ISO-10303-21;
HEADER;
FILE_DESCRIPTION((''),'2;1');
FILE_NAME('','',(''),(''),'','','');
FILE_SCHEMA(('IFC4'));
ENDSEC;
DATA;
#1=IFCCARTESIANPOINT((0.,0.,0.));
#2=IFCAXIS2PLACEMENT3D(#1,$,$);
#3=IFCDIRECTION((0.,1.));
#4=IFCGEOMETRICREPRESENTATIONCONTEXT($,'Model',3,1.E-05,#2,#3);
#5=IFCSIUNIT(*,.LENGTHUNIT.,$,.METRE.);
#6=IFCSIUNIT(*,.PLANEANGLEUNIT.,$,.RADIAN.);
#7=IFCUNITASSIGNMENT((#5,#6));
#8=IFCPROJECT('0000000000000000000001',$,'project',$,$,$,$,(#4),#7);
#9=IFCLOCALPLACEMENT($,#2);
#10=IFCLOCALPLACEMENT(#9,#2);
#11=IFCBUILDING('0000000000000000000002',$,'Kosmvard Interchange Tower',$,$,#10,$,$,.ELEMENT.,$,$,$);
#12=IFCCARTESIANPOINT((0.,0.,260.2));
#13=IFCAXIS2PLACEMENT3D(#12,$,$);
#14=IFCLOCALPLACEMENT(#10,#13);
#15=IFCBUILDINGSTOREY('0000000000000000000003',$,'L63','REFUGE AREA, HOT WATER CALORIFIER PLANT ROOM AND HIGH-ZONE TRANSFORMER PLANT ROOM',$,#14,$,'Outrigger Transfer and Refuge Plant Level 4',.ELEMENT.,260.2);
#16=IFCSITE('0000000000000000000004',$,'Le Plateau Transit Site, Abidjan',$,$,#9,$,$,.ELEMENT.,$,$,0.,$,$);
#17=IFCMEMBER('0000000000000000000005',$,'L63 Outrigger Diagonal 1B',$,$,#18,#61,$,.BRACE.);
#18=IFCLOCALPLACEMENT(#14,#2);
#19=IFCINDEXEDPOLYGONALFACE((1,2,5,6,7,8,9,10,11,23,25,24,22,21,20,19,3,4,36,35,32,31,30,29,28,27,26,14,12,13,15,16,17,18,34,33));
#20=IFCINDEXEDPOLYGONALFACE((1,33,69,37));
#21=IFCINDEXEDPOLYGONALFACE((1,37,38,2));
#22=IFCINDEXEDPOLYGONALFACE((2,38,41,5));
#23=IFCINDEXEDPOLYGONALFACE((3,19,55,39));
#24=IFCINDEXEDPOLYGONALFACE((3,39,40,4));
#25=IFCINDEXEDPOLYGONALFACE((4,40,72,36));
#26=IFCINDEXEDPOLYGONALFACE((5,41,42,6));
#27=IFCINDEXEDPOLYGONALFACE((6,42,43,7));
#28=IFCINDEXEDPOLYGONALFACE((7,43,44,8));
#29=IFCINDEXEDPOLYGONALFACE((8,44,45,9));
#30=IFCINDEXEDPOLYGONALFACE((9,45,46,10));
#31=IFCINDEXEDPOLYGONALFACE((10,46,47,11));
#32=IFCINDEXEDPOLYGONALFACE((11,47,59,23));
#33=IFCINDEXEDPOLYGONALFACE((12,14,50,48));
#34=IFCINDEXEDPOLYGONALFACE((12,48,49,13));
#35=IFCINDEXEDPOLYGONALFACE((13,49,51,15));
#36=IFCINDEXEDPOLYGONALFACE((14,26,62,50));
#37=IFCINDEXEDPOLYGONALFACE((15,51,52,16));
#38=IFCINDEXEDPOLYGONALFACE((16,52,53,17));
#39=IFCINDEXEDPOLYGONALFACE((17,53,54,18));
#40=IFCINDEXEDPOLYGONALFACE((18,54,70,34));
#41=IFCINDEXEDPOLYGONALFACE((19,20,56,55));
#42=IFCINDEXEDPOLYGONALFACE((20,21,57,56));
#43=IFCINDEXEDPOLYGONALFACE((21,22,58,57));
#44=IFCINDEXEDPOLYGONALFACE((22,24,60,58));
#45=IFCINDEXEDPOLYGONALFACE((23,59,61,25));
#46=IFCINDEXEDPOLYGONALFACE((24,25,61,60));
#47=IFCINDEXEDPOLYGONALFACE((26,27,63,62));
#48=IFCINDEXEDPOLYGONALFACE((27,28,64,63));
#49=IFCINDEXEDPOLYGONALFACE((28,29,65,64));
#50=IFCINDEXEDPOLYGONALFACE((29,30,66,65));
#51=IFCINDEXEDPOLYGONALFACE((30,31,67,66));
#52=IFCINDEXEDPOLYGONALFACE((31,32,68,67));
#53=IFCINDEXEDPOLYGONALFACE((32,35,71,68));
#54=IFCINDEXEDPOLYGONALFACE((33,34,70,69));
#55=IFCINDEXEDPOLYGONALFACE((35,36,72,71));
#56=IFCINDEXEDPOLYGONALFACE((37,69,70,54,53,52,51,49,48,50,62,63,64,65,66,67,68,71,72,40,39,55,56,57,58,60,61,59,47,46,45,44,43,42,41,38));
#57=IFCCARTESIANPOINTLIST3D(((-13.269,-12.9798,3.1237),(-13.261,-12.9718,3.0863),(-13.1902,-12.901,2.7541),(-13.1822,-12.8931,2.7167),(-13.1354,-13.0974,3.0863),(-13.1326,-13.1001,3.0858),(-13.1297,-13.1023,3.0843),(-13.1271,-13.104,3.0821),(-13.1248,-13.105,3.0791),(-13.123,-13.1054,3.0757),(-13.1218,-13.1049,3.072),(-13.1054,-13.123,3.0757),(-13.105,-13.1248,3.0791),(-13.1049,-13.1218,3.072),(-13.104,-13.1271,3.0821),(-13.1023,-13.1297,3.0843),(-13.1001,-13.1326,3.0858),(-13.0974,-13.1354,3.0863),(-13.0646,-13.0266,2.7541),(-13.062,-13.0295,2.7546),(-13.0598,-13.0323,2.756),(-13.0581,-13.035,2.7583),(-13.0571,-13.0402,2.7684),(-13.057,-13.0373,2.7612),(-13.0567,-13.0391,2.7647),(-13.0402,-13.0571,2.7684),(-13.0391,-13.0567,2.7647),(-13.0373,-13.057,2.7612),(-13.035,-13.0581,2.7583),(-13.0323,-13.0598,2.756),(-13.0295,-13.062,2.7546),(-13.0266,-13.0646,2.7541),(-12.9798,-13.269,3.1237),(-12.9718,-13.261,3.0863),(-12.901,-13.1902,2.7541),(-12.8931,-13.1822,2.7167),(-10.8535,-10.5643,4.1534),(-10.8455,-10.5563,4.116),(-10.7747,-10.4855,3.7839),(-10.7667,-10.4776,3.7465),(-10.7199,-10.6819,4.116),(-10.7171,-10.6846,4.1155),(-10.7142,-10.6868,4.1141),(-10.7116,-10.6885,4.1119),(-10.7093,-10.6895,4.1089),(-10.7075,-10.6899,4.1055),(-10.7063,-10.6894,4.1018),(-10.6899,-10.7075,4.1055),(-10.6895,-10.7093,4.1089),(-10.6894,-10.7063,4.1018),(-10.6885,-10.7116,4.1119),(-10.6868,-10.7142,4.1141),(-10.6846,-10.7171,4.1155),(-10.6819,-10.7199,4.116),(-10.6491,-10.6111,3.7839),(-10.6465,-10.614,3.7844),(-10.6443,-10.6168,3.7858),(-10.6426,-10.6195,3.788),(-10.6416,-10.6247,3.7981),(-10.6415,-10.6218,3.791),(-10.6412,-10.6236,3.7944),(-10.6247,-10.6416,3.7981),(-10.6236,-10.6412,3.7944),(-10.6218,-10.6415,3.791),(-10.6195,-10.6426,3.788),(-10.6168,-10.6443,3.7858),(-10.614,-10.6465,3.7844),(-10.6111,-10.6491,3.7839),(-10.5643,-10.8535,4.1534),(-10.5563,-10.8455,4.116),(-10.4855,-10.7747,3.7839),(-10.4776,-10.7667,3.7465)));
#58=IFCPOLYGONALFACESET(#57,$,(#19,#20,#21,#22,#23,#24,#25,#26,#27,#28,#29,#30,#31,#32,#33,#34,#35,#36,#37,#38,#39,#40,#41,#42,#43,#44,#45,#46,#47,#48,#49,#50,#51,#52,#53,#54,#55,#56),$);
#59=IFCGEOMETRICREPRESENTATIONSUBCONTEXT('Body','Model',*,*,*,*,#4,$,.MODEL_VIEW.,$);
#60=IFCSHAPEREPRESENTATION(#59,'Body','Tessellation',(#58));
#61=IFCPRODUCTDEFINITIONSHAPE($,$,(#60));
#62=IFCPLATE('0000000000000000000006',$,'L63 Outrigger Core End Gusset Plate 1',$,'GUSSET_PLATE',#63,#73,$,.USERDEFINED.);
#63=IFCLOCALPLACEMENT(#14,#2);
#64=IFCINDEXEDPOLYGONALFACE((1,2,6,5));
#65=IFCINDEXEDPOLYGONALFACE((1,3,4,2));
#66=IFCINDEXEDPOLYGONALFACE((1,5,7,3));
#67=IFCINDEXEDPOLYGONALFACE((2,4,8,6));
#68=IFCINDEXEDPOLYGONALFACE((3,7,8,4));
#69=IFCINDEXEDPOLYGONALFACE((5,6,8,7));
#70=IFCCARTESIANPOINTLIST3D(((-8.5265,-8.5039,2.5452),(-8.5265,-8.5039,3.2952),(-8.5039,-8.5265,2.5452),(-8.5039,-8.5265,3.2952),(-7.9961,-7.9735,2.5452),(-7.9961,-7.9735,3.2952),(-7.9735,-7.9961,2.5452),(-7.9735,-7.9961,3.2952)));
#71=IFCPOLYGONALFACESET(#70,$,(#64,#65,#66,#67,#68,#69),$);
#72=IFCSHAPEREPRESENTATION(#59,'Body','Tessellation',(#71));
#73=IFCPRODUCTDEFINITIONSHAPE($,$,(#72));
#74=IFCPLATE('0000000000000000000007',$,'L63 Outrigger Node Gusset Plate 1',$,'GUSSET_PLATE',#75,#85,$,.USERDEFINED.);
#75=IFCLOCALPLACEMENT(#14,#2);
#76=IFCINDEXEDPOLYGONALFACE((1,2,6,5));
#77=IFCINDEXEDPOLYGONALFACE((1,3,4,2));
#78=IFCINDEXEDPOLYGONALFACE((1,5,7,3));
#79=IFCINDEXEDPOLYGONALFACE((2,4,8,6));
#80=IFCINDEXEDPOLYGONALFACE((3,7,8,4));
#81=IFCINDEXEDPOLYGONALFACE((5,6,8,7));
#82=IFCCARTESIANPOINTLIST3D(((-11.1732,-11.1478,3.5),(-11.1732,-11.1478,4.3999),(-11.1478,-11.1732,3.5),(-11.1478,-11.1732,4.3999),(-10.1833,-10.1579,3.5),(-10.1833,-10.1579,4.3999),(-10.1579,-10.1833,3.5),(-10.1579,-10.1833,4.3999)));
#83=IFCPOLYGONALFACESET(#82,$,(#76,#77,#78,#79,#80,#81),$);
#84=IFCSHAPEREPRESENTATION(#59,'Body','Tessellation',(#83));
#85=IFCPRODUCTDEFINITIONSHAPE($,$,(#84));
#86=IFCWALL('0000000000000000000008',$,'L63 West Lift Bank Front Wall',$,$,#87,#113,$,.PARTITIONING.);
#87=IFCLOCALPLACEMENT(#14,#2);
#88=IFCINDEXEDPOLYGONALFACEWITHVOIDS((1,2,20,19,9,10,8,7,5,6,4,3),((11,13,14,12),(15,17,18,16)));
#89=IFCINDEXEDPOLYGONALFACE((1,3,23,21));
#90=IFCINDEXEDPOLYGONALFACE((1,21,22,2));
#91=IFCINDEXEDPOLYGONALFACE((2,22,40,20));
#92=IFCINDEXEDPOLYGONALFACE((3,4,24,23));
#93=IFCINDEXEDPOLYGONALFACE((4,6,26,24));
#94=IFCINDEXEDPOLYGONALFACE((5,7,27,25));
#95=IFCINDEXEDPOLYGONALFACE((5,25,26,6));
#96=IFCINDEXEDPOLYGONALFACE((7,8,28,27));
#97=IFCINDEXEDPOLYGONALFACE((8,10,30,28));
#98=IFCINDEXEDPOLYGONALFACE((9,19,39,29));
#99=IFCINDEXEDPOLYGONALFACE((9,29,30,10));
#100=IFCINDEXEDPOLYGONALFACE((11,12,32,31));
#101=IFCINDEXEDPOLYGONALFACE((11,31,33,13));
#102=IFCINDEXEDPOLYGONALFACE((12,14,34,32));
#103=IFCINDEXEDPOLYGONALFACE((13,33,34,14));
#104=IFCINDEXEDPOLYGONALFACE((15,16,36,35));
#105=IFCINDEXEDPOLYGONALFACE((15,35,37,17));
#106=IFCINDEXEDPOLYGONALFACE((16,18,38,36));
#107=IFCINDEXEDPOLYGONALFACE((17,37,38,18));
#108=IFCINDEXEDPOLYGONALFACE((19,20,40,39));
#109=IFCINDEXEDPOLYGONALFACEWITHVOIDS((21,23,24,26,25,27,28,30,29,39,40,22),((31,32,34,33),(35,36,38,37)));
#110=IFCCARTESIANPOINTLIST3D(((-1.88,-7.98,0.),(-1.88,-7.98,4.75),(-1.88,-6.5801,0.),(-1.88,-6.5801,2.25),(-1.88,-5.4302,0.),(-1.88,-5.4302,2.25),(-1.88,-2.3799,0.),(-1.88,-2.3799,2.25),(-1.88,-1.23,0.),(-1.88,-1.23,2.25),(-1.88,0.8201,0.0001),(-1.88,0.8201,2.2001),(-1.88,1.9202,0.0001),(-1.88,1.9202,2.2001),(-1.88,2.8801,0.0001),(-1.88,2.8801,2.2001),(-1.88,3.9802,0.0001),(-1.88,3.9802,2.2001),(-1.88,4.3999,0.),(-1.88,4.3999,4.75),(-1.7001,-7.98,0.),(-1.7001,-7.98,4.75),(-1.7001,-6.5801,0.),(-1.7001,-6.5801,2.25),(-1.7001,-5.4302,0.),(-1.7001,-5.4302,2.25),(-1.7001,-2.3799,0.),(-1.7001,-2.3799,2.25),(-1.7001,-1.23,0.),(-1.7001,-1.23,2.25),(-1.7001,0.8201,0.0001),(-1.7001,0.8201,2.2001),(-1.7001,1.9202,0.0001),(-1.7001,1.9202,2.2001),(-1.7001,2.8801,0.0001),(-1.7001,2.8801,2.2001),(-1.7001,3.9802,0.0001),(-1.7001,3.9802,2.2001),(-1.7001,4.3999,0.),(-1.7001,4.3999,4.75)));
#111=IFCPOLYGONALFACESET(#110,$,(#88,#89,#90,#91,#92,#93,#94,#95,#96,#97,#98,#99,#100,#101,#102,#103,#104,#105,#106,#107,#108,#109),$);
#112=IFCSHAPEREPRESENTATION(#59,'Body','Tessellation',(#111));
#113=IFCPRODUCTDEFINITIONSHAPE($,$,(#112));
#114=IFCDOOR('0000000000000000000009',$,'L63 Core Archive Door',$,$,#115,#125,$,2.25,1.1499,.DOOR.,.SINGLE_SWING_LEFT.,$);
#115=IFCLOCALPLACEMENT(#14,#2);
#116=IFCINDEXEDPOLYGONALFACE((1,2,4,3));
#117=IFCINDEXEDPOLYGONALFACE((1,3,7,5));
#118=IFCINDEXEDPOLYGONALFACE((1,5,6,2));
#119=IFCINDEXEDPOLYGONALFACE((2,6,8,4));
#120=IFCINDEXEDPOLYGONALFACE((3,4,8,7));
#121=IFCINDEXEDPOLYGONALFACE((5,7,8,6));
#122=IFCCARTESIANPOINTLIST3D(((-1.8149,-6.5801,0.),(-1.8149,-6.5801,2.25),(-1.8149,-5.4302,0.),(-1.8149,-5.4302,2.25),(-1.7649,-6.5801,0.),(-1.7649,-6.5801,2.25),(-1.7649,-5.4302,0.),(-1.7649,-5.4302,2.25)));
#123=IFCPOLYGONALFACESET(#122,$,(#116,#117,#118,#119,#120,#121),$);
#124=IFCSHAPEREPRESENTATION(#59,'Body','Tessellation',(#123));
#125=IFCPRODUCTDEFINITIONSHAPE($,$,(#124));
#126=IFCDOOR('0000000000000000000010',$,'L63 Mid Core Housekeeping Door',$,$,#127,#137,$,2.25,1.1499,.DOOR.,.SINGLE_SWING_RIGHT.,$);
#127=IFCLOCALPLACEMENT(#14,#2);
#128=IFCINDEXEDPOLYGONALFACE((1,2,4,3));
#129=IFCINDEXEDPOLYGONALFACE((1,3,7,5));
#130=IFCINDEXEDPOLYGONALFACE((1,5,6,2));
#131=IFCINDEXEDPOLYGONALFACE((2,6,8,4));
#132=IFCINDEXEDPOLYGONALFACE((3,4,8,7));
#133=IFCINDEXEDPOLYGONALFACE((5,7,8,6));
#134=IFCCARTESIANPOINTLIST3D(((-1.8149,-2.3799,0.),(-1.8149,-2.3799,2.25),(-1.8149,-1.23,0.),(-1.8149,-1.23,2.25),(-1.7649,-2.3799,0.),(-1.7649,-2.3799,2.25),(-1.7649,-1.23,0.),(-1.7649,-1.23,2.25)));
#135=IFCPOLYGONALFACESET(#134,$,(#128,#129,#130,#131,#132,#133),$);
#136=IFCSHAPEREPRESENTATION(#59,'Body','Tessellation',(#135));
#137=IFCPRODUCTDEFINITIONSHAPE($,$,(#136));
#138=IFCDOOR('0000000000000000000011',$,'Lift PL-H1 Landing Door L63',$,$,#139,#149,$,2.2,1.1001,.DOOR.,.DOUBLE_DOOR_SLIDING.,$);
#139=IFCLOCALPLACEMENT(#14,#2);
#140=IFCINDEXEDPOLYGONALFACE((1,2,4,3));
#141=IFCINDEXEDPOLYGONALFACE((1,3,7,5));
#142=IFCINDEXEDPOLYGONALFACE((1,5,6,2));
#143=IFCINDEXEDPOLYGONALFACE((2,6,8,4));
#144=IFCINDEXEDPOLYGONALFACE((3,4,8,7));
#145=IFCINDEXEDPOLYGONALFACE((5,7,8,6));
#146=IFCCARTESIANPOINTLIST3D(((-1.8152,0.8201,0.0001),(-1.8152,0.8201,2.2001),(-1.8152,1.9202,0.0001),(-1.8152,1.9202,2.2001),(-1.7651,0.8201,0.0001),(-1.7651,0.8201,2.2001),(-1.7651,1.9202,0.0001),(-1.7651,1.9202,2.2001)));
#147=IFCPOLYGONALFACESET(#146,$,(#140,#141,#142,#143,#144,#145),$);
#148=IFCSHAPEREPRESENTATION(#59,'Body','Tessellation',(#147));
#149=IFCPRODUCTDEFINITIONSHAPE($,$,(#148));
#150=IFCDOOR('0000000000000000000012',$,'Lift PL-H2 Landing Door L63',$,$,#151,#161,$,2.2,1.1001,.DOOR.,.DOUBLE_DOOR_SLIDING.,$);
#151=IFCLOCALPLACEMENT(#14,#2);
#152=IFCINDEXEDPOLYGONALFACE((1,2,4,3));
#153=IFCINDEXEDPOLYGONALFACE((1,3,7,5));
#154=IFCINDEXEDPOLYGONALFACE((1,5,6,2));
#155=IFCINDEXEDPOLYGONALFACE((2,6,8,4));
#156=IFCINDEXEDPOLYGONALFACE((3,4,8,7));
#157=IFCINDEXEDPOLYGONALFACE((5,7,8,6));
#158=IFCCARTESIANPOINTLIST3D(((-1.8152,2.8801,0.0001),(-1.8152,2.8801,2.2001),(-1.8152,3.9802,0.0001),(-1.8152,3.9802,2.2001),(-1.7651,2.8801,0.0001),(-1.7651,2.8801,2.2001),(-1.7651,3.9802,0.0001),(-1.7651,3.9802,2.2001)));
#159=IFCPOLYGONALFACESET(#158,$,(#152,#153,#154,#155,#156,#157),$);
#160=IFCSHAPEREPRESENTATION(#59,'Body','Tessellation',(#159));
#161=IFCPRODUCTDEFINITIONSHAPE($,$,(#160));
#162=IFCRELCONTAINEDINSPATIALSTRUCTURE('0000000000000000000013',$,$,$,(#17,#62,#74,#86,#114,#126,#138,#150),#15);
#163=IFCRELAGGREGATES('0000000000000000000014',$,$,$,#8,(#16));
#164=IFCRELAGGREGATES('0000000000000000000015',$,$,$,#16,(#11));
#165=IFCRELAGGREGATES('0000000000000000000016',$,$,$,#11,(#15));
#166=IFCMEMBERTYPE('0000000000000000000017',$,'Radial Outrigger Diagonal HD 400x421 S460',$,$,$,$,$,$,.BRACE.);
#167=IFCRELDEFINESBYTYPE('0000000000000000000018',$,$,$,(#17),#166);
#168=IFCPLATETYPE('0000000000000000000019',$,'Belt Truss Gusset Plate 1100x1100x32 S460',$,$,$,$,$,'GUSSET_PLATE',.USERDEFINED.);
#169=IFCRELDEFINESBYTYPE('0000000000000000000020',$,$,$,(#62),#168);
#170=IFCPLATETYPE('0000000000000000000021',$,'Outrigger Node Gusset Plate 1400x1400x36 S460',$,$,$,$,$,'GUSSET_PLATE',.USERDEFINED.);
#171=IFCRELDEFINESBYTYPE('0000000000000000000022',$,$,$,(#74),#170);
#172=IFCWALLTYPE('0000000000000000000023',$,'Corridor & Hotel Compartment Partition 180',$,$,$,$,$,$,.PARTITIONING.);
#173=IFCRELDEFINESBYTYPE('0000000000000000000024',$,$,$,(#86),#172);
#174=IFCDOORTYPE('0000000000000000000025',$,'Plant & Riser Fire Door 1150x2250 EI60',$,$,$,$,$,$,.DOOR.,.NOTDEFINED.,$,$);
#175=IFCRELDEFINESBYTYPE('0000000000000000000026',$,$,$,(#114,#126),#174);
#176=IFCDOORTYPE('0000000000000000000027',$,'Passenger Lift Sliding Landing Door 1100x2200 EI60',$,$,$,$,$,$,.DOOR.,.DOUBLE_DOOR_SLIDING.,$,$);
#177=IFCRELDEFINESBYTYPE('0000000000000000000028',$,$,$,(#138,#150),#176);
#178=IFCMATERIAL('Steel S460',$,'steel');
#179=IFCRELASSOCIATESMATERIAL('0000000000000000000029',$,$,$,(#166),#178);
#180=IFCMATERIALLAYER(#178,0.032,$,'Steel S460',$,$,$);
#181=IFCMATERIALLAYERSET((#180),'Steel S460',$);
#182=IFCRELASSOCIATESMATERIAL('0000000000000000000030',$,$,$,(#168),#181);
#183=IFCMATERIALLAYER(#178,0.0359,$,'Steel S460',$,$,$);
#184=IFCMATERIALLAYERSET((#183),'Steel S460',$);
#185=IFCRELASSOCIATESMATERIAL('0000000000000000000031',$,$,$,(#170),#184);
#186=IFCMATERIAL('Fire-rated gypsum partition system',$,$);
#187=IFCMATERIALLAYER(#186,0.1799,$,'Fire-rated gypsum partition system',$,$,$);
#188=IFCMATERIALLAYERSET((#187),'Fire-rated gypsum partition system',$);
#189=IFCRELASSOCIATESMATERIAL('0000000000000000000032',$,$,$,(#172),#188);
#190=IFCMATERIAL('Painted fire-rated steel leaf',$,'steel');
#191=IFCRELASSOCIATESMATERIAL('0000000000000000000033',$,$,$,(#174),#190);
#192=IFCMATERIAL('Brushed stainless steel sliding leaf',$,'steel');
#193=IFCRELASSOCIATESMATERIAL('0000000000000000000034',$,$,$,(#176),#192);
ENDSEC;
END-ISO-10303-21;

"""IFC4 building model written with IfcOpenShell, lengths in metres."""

from ifc_helpers import new_model, si_unit, direction, frame, frame_2d, origin, origin_2d, place, context, subcontext, project, spatial, rectangle, i_section, extrude, source, transform, mapped, material, layer, layer_set, material_profile, profile_set, type_object, element, fill, save


model = new_model("IFC4")

# Units and contexts
model_context = context("Model", 3, precision=1e-05, world=origin(), true_north=direction((0.0, 1.0)))
body_context = subcontext(model_context, "Body", "Model", "MODEL_VIEW")
ifc_project = project(units=[si_unit("LENGTHUNIT", "METRE"), si_unit("PLANEANGLEUNIT", "RADIAN")], contexts=[model_context])

# Site, building, storey
site_placement = place(None, origin())
site = spatial("IfcSite", under=ifc_project, at=site_placement, Name="Le Plateau Transit Site, Abidjan", CompositionType="ELEMENT", RefElevation=0.0)
building_placement = place(site_placement, origin())
building = spatial("IfcBuilding", under=site, at=building_placement, Name="Kosmvard Interchange Tower", CompositionType="ELEMENT")
storey_placement = place(building_placement, frame((0.0, 0.0, 260.2)))
storey = spatial("IfcBuildingStorey", under=building, at=storey_placement, Name="L63", Description="REFUGE AREA, HOT WATER CALORIFIER PLANT ROOM AND HIGH-ZONE TRANSFORMER PLANT ROOM", LongName="Outrigger Transfer and Refuge Plant Level 4", CompositionType="ELEMENT", Elevation=260.2)

# Shared definitions
ifc_material_1 = material(Name="Steel S460", Category="steel")

# Member
ifc_material_profile_1 = material_profile(ifc_material_1, i_section(OverallWidth=0.4089, OverallDepth=0.425, WebThickness=0.0239, FlangeThickness=0.0391, FilletRadius=0.0149, at=origin_2d()), Name="HD 400x421")
ifc_profile_set_1 = profile_set([ifc_material_profile_1], Name="Steel S460")
member_type_1 = type_object("IfcMemberType", Name="Radial Outrigger Diagonal HD 400x421 S460", PredefinedType="BRACE", material=ifc_profile_set_1)
shared_shape_1 = source(origin(), body_context, "Body", "SweptSolid", [
    extrude(i_section(OverallWidth=0.4089, OverallDepth=0.425, WebThickness=0.0239, FlangeThickness=0.0391, FilletRadius=0.0149, at=origin_2d()), origin(), (0.0, 0.0, 1.0), 3.5679),
])
for number, where, z_axis, x_axis, name in (
    (1, (-10.6655, -10.6655, 3.95), (-0.677014, -0.677014, -0.288624), (0.707107, -0.707107, 0.0), "L63 Outrigger Diagonal 1B"),
):
    element("IfcMember", number, at=place(storey_placement, frame(where, z_axis=z_axis, x_axis=x_axis)), inside=storey, type_object=member_type_1, Name=name, PredefinedType="BRACE", context=body_context, shape_type="MappedRepresentation", body=[
        mapped(shared_shape_1, transform((0.0, 0.0, 0.0), scale=1.0)),
    ])

# Plates
ifc_layer_1 = layer(ifc_material_1, 0.032, Name="Steel S460")
ifc_layer_set_1 = layer_set([ifc_layer_1], Name="Steel S460")
plate_type_1 = type_object("IfcPlateType", Name="Belt Truss Gusset Plate 1100x1100x32 S460", ElementType="GUSSET_PLATE", PredefinedType="USERDEFINED", material=ifc_layer_set_1)
shared_shape_2 = source(origin(), body_context, "Body", "SweptSolid", [
    extrude(rectangle(XDim=0.75, YDim=0.032, at=origin_2d()), origin(), (0.0, 0.0, 1.0), 0.75),
])
plate_1_placement = place(storey_placement, frame((-8.25, -8.25, 2.5452), z_axis=(0.0, 0.0, 1.0), x_axis=(0.707107, 0.707107, 0.0)))
element("IfcPlate", 2, at=plate_1_placement, inside=storey, type_object=plate_type_1, Name="L63 Outrigger Core End Gusset Plate 1", ObjectType="GUSSET_PLATE", PredefinedType="USERDEFINED", context=body_context, shape_type="MappedRepresentation", body=[
    mapped(shared_shape_2, transform((0.0, 0.0, 0.0), scale=1.0)),
])
ifc_layer_2 = layer(ifc_material_1, 0.0359, Name="Steel S460")
ifc_layer_set_2 = layer_set([ifc_layer_2], Name="Steel S460")
plate_type_2 = type_object("IfcPlateType", Name="Outrigger Node Gusset Plate 1400x1400x36 S460", ElementType="GUSSET_PLATE", PredefinedType="USERDEFINED", material=ifc_layer_set_2)
shared_shape_3 = source(origin(), body_context, "Body", "SweptSolid", [
    extrude(rectangle(XDim=1.3999, YDim=0.0359, at=origin_2d()), origin(), (0.0, 0.0, 1.0), 0.8999),
])
plate_2_placement = place(storey_placement, frame((-10.6655, -10.6655, 3.5), z_axis=(0.0, 0.0, 1.0), x_axis=(0.707107, 0.707107, 0.0)))
element("IfcPlate", 3, at=plate_2_placement, inside=storey, type_object=plate_type_2, Name="L63 Outrigger Node Gusset Plate 1", ObjectType="GUSSET_PLATE", PredefinedType="USERDEFINED", context=body_context, shape_type="MappedRepresentation", body=[
    mapped(shared_shape_3, transform((0.0, 0.0, 0.0), scale=1.0)),
])

# Wall, openings, doors
ifc_material_2 = material(Name="Fire-rated gypsum partition system")
ifc_layer_3 = layer(ifc_material_2, 0.1799, Name="Fire-rated gypsum partition system")
ifc_layer_set_3 = layer_set([ifc_layer_3], Name="Fire-rated gypsum partition system")
wall_type_1 = type_object("IfcWallType", Name="Corridor & Hotel Compartment Partition 180", PredefinedType="PARTITIONING", material=ifc_layer_set_3)
wall_1_placement = place(storey_placement, frame((-1.79, -7.98, 0.0), z_axis=(0.0, 0.0, 1.0), x_axis=(0.0, 1.0, 0.0)))
wall_1 = element("IfcWall", 4, at=wall_1_placement, inside=storey, type_object=wall_type_1, Name="L63 West Lift Bank Front Wall", PredefinedType="PARTITIONING", context=body_context, shape_type="SweptSolid", body=[
    extrude(rectangle(XDim=12.3799, YDim=0.1799, at=frame_2d((6.1899, 0.0))), origin(), (0.0, 0.0, 1.0), 4.75),
])
opening_1_placement = place(wall_1_placement, frame((8.8, 0.0, 0.0)))
opening_1 = element("IfcOpeningElement", 5, at=opening_1_placement, cuts=wall_1, PredefinedType="OPENING", context=body_context, shape_type="SweptSolid", body=[
    extrude(rectangle(XDim=1.1001, YDim=2.2, at=frame_2d((0.55, 1.1001))), frame((0.0, 0.1001, 0.0), z_axis=(0.0, -1.0, 0.0), x_axis=(1.0, 0.0, 0.0)), (0.0, 0.0, 1.0), 0.2),
])
opening_2_placement = place(wall_1_placement, frame((10.8601, 0.0, 0.0)))
opening_2 = element("IfcOpeningElement", 6, at=opening_2_placement, cuts=wall_1, PredefinedType="OPENING", context=body_context, shape_type="SweptSolid", body=[
    extrude(rectangle(XDim=1.1001, YDim=2.2, at=frame_2d((0.55, 1.1001))), frame((0.0, 0.1001, 0.0), z_axis=(0.0, -1.0, 0.0), x_axis=(1.0, 0.0, 0.0)), (0.0, 0.0, 1.0), 0.2),
])
opening_3_placement = place(wall_1_placement, frame((1.3999, 0.0, 0.0)))
opening_3 = element("IfcOpeningElement", 7, at=opening_3_placement, cuts=wall_1, PredefinedType="OPENING", context=body_context, shape_type="SweptSolid", body=[
    extrude(rectangle(XDim=1.1499, YDim=2.25, at=frame_2d((0.575, 1.125))), frame((0.0, 0.1001, 0.0), z_axis=(0.0, -1.0, 0.0), x_axis=(1.0, 0.0, 0.0)), (0.0, 0.0, 1.0), 0.2),
])
opening_4_placement = place(wall_1_placement, frame((5.6001, 0.0, 0.0)))
opening_4 = element("IfcOpeningElement", 8, at=opening_4_placement, cuts=wall_1, PredefinedType="OPENING", context=body_context, shape_type="SweptSolid", body=[
    extrude(rectangle(XDim=1.1499, YDim=2.25, at=frame_2d((0.575, 1.125))), frame((0.0, 0.1001, 0.0), z_axis=(0.0, -1.0, 0.0), x_axis=(1.0, 0.0, 0.0)), (0.0, 0.0, 1.0), 0.2),
])
ifc_material_3 = material(Name="Painted fire-rated steel leaf", Category="steel")
door_type_1 = type_object("IfcDoorType", Name="Plant & Riser Fire Door 1150x2250 EI60", OperationType="NOTDEFINED", PredefinedType="DOOR", material=ifc_material_3)
shared_shape_4 = source(origin(), body_context, "Body", "SweptSolid", [
    extrude(rectangle(XDim=1.1499, YDim=2.25, at=frame_2d((0.575, 1.125))), frame((0.0, 0.0249, 0.0), z_axis=(0.0, -1.0, 0.0), x_axis=(1.0, 0.0, 0.0)), (0.0, 0.0, 1.0), 0.05),
])
door_1_placement = place(opening_3_placement, origin())
door_1 = element("IfcDoor", 9, at=door_1_placement, inside=storey, type_object=door_type_1, Name="L63 Core Archive Door", OperationType="SINGLE_SWING_LEFT", OverallHeight=2.25, OverallWidth=1.1499, PredefinedType="DOOR", context=body_context, shape_type="MappedRepresentation", body=[
    mapped(shared_shape_4, transform((0.0, 0.0, 0.0), scale=1.0)),
])
fill(opening_3, door_1)
door_2_placement = place(opening_4_placement, origin())
door_2 = element("IfcDoor", 10, at=door_2_placement, inside=storey, type_object=door_type_1, Name="L63 Mid Core Housekeeping Door", OperationType="SINGLE_SWING_RIGHT", OverallHeight=2.25, OverallWidth=1.1499, PredefinedType="DOOR", context=body_context, shape_type="MappedRepresentation", body=[
    mapped(shared_shape_4, transform((0.0, 0.0, 0.0), scale=1.0)),
])
fill(opening_4, door_2)
ifc_material_4 = material(Name="Brushed stainless steel sliding leaf", Category="steel")
door_type_2 = type_object("IfcDoorType", Name="Passenger Lift Sliding Landing Door 1100x2200 EI60", OperationType="DOUBLE_DOOR_SLIDING", PredefinedType="DOOR", material=ifc_material_4)
shared_shape_5 = source(origin(), body_context, "Body", "SweptSolid", [
    extrude(rectangle(XDim=1.1001, YDim=2.2, at=frame_2d((0.55, 1.1001))), frame((0.0, 0.0249, 0.0), z_axis=(0.0, -1.0, 0.0), x_axis=(1.0, 0.0, 0.0)), (0.0, 0.0, 1.0), 0.05),
])
door_3_placement = place(opening_1_placement, frame((1.1001, 0.0, 0.0), z_axis=(0.0, 0.0, 1.0), x_axis=(-1.0, 0.0, 0.0)))
door_3 = element("IfcDoor", 11, at=door_3_placement, inside=storey, type_object=door_type_2, Name="Lift PL-H1 Landing Door L63", OperationType="DOUBLE_DOOR_SLIDING", OverallHeight=2.2, OverallWidth=1.1001, PredefinedType="DOOR", context=body_context, shape_type="MappedRepresentation", body=[
    mapped(shared_shape_5, transform((0.0, 0.0, 0.0), scale=1.0)),
])
fill(opening_1, door_3)
door_4_placement = place(opening_2_placement, frame((1.1001, 0.0, 0.0), z_axis=(0.0, 0.0, 1.0), x_axis=(-1.0, 0.0, 0.0)))
door_4 = element("IfcDoor", 12, at=door_4_placement, inside=storey, type_object=door_type_2, Name="Lift PL-H2 Landing Door L63", OperationType="DOUBLE_DOOR_SLIDING", OverallHeight=2.2, OverallWidth=1.1001, PredefinedType="DOOR", context=body_context, shape_type="MappedRepresentation", body=[
    mapped(shared_shape_5, transform((0.0, 0.0, 0.0), scale=1.0)),
])
fill(opening_2, door_4)

save(model, "model.ifc")
